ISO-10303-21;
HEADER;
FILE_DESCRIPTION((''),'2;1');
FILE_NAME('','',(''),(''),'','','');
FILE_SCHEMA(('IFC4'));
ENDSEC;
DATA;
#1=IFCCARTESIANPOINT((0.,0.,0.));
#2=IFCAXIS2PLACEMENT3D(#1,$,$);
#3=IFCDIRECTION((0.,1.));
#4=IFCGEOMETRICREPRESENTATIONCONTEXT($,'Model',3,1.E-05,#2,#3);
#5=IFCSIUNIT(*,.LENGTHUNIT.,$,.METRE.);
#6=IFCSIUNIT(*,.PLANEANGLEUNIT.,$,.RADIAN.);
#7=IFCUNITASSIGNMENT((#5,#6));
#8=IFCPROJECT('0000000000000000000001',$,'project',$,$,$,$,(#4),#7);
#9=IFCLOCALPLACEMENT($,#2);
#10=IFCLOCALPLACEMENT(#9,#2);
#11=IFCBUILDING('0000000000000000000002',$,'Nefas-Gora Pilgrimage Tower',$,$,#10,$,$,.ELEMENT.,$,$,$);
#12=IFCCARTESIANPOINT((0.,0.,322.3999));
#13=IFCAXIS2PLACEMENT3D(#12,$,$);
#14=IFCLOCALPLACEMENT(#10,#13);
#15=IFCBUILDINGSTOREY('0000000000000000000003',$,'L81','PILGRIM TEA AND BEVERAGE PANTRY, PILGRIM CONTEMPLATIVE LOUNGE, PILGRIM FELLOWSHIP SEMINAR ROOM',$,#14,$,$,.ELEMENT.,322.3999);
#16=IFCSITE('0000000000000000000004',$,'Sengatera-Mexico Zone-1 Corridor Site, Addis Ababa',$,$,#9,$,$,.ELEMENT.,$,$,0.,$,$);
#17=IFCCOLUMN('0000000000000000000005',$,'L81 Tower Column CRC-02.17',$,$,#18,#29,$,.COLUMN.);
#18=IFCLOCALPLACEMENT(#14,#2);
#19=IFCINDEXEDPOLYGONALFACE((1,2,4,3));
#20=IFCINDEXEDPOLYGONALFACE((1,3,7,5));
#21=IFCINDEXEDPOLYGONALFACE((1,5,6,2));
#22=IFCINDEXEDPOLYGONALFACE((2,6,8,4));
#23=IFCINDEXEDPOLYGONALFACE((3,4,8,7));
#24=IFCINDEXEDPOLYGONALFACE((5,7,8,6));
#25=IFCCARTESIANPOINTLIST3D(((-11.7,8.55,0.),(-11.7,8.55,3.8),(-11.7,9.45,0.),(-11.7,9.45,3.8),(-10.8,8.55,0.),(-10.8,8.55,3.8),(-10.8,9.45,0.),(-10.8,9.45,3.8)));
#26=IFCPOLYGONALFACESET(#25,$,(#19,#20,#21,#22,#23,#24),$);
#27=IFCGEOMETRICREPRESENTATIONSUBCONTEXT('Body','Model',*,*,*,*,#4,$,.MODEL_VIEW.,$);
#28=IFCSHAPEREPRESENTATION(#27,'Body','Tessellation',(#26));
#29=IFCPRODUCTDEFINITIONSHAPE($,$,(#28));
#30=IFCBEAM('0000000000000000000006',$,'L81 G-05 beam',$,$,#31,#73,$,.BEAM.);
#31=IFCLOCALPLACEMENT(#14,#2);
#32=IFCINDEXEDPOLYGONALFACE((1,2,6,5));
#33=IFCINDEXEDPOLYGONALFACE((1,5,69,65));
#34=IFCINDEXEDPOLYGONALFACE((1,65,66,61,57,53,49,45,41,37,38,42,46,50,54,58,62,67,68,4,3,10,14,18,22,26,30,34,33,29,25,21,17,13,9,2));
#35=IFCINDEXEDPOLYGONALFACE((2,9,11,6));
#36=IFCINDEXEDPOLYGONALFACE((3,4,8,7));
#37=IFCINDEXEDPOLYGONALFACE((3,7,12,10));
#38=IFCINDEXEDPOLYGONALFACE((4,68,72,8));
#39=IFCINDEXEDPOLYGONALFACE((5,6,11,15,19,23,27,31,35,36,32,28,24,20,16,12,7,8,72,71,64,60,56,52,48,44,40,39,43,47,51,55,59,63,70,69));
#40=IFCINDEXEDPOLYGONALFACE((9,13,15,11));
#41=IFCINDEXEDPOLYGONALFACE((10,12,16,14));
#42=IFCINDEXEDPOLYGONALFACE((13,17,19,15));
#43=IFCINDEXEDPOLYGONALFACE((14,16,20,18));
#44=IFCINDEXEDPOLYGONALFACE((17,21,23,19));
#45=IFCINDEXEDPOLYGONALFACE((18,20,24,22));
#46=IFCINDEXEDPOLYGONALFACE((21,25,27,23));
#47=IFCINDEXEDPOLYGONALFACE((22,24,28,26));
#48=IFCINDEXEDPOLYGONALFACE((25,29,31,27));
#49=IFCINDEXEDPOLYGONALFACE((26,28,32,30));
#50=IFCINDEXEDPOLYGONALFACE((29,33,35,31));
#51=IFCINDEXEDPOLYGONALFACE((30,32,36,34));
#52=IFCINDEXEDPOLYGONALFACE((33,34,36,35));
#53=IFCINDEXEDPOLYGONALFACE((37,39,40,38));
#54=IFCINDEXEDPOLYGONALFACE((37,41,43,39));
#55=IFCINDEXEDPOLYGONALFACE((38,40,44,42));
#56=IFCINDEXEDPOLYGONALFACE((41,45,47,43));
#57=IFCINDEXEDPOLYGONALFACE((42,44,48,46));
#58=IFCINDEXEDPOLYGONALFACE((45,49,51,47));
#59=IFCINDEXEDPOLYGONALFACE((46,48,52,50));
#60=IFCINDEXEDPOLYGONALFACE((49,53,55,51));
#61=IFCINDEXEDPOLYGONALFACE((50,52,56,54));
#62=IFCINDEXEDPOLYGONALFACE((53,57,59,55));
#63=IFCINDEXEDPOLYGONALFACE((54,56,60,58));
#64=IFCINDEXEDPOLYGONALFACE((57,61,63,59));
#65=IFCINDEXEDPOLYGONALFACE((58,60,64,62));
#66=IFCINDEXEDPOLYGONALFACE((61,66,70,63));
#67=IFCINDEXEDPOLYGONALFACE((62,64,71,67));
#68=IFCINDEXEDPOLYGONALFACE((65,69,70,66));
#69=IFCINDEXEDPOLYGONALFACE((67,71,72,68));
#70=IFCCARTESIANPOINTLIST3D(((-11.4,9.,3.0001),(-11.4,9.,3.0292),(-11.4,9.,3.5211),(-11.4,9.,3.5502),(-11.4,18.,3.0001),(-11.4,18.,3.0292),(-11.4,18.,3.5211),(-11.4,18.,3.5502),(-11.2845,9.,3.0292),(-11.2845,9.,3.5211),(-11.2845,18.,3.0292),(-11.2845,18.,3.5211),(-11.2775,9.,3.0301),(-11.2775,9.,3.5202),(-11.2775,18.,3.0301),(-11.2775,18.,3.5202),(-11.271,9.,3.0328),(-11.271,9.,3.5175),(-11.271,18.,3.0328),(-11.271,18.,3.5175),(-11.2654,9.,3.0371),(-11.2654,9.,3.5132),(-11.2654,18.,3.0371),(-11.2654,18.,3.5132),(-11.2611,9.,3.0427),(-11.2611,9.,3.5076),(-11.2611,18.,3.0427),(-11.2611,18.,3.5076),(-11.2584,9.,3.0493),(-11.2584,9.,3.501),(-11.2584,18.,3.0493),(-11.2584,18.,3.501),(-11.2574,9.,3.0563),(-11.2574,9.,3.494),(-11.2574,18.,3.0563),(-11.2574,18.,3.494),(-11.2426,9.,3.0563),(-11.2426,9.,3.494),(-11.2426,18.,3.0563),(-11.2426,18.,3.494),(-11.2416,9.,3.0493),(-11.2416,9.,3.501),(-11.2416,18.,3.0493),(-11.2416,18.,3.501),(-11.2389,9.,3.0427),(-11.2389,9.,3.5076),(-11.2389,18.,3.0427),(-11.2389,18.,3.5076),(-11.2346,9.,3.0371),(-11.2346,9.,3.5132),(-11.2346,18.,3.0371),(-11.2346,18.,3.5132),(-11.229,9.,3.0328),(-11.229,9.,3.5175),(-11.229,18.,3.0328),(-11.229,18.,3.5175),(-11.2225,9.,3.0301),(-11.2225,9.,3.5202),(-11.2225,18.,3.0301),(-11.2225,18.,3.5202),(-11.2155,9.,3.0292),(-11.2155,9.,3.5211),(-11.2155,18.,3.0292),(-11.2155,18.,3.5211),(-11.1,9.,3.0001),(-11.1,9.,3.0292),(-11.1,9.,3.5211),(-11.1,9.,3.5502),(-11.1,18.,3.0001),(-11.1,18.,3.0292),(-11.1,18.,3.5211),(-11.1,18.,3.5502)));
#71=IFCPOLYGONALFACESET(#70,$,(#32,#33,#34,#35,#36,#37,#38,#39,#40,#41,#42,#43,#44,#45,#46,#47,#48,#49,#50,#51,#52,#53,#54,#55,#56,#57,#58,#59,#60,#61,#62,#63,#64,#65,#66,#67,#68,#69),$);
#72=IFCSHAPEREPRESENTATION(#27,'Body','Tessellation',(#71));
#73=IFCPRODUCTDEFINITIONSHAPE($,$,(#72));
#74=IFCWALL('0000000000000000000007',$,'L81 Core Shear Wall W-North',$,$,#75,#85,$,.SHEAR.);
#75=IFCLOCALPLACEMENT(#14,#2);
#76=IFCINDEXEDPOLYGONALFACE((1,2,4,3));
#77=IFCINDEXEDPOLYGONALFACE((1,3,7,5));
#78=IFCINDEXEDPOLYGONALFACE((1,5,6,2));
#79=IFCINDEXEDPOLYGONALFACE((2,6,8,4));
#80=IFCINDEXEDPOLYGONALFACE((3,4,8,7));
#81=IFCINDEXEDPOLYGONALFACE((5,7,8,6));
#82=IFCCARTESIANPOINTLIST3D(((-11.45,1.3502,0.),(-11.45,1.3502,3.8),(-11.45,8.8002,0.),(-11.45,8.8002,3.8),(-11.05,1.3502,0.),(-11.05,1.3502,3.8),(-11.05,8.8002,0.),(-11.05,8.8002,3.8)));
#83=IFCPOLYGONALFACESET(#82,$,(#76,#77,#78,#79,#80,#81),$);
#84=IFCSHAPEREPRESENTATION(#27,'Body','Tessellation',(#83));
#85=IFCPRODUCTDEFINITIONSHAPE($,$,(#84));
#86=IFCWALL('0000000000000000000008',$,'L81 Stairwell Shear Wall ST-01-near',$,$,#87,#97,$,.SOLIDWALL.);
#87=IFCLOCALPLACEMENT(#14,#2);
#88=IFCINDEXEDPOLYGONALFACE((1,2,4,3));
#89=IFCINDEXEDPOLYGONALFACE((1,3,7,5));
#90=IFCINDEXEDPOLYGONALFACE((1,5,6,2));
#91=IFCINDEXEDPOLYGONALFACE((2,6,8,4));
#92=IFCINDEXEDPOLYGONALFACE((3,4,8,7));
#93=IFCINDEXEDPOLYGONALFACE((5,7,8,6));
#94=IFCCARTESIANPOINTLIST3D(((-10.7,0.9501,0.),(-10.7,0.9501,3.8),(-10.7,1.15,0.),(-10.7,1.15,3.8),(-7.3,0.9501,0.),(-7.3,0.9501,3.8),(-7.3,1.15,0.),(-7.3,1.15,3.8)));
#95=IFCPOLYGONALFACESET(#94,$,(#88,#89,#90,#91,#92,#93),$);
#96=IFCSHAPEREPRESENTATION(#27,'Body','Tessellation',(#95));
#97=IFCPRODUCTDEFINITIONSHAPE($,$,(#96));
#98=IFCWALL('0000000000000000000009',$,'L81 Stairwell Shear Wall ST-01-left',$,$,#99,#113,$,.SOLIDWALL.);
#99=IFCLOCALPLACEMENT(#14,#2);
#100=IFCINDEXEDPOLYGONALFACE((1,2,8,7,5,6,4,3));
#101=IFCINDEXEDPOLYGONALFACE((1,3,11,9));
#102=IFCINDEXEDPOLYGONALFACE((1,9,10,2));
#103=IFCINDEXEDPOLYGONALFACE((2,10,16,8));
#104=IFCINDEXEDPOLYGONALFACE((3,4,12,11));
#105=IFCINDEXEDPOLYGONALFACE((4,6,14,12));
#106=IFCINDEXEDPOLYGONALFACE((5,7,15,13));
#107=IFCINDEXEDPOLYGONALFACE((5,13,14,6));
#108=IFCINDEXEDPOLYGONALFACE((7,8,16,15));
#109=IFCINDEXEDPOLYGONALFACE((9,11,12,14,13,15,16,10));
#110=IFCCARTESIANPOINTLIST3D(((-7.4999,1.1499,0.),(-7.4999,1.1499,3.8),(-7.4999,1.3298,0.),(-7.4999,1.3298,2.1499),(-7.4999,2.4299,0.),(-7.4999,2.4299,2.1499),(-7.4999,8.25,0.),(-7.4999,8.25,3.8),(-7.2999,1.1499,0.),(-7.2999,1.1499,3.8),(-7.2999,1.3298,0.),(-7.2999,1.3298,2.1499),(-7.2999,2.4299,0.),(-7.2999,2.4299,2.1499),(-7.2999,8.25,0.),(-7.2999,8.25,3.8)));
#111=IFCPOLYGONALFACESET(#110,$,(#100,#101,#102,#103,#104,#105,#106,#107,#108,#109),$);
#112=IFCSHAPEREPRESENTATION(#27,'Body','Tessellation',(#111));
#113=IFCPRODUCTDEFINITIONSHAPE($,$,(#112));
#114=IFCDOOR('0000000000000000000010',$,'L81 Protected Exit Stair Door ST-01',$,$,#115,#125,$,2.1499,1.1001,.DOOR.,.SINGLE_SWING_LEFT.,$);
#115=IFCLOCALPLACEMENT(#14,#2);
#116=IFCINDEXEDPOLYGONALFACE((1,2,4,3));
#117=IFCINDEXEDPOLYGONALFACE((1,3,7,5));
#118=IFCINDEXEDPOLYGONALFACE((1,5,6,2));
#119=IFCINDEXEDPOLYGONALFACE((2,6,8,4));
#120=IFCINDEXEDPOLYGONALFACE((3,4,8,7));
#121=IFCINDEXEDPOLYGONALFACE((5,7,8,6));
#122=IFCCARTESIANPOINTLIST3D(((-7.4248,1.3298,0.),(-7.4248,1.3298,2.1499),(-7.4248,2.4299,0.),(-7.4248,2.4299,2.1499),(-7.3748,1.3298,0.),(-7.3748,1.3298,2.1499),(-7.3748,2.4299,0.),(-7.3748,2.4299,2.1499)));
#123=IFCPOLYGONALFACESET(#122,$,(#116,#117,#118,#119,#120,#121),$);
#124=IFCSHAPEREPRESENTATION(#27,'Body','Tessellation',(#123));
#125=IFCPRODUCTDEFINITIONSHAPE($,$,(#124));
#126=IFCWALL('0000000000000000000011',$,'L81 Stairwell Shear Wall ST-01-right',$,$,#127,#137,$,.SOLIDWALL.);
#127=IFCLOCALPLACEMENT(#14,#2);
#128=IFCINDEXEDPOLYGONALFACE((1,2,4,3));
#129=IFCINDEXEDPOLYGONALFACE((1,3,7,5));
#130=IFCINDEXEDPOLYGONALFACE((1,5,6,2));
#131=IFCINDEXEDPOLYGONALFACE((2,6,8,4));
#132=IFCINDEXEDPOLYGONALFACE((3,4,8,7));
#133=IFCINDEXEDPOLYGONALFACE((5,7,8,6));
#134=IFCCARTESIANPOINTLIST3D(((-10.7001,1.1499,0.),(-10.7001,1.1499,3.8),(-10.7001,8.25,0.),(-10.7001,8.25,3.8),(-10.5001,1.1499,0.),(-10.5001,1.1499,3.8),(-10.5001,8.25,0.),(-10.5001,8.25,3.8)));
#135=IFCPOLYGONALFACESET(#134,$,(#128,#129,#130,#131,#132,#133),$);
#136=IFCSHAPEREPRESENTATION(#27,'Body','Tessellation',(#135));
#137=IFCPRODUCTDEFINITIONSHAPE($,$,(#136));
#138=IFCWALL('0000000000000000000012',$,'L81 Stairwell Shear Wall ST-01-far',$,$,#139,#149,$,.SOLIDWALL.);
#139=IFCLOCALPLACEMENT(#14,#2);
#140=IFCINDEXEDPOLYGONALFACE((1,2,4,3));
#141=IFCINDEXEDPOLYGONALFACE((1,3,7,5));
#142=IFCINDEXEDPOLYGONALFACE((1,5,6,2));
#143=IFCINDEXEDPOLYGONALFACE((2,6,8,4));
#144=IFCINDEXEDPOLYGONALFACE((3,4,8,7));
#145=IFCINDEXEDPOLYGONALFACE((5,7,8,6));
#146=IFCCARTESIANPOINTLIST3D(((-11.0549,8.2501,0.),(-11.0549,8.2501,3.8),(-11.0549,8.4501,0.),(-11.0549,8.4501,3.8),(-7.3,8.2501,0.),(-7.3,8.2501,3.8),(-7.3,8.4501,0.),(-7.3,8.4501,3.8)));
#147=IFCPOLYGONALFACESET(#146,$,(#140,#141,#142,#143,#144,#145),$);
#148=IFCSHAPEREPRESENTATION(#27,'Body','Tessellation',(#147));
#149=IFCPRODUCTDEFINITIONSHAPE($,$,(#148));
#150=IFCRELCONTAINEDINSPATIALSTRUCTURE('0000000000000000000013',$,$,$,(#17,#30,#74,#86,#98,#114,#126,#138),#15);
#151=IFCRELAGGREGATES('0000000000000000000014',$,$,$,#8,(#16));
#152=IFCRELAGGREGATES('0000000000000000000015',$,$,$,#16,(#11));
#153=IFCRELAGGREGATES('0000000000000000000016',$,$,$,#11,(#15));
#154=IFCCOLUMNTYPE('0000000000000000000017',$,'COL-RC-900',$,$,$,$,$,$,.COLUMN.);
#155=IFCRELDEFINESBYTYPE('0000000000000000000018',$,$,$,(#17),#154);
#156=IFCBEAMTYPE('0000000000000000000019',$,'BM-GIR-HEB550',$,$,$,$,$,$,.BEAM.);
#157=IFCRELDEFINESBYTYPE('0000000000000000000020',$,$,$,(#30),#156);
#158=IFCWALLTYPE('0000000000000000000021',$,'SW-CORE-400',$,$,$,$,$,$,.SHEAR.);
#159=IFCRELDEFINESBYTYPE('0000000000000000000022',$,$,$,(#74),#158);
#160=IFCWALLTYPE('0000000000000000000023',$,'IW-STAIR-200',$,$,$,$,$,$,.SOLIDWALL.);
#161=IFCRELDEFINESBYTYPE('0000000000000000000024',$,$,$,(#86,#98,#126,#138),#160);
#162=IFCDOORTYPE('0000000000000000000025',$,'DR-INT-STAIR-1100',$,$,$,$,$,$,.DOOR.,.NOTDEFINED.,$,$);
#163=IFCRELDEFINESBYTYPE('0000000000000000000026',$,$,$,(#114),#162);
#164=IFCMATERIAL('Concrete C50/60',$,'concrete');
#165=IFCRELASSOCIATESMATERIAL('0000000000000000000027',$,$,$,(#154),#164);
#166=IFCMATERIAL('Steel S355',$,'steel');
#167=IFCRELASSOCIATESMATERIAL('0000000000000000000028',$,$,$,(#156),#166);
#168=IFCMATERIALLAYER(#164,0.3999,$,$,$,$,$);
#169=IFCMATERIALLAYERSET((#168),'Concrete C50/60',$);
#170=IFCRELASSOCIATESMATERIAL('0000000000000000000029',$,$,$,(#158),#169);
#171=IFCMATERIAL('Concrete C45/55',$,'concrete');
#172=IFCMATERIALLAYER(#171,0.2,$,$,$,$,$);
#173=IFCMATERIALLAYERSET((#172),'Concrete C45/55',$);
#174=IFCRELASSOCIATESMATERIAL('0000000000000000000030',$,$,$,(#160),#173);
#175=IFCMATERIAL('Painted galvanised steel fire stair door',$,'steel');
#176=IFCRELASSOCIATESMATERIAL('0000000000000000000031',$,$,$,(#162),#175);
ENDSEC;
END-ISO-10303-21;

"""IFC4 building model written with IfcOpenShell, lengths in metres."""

from ifc_helpers import new_model, si_unit, direction, frame, frame_2d, origin, origin_2d, place, context, subcontext, project, spatial, rectangle, i_section, extrude, source, transform, mapped, material, layer, layer_set, material_profile, profile_set, type_object, element, fill, save


model = new_model("IFC4")

# Units and contexts
model_context = context("Model", 3, precision=1e-05, world=origin(), true_north=direction((0.0, 1.0)))
body_context = subcontext(model_context, "Body", "Model", "MODEL_VIEW")
ifc_project = project(units=[si_unit("LENGTHUNIT", "METRE"), si_unit("PLANEANGLEUNIT", "RADIAN")], contexts=[model_context])

# Site, building, storey
site_placement = place(None, origin())
site = spatial("IfcSite", under=ifc_project, at=site_placement, Name="Sengatera-Mexico Zone-1 Corridor Site, Addis Ababa", CompositionType="ELEMENT", RefElevation=0.0)
building_placement = place(site_placement, origin())
building = spatial("IfcBuilding", under=site, at=building_placement, Name="Nefas-Gora Pilgrimage Tower", CompositionType="ELEMENT")
storey_placement = place(building_placement, frame((0.0, 0.0, 322.3999)))
storey = spatial("IfcBuildingStorey", under=building, at=storey_placement, Name="L81", Description="PILGRIM TEA AND BEVERAGE PANTRY, PILGRIM CONTEMPLATIVE LOUNGE, PILGRIM FELLOWSHIP SEMINAR ROOM", CompositionType="ELEMENT", Elevation=322.3999)

# Column
ifc_material_1 = material(Name="Concrete C50/60", Category="concrete")
ifc_material_profile_1 = material_profile(ifc_material_1, rectangle(XDim=0.8999, YDim=0.8999, at=origin_2d()), Name="RC 900x900")
ifc_profile_set_1 = profile_set([ifc_material_profile_1], Name="Concrete C50/60")
column_type = type_object("IfcColumnType", Name="COL-RC-900", PredefinedType="COLUMN", material=ifc_profile_set_1)
shared_shape_1 = source(origin(), body_context, "Body", "SweptSolid", [
    extrude(rectangle(XDim=0.8999, YDim=0.8999, at=origin_2d()), origin(), (0.0, 0.0, 1.0), 3.8),
])
column_placement = place(storey_placement, frame((-11.25, 9.0, 0.0), z_axis=(0.0, 0.0, 1.0), x_axis=(1.0, 0.0, 0.0)))
element("IfcColumn", 1, at=column_placement, inside=storey, type_object=column_type, Name="L81 Tower Column CRC-02.17", PredefinedType="COLUMN", context=body_context, shape_type="MappedRepresentation", body=[
    mapped(shared_shape_1, transform((0.0, 0.0, 0.0), x_axis=(1.0, 0.0, 0.0), y_axis=(0.0, 1.0, 0.0), z_axis=(0.0, 0.0, 1.0), scale=1.0)),
])

# Beam
ifc_material_2 = material(Name="Steel S355", Category="steel")
ifc_material_profile_2 = material_profile(ifc_material_2, i_section(OverallWidth=0.3, OverallDepth=0.55, WebThickness=0.0149, FlangeThickness=0.0291, FilletRadius=0.0271, at=origin_2d()), Name="HEB 550")
ifc_profile_set_2 = profile_set([ifc_material_profile_2], Name="Steel S355")
beam_type = type_object("IfcBeamType", Name="BM-GIR-HEB550", PredefinedType="BEAM", material=ifc_profile_set_2)
shared_shape_2 = source(origin(), body_context, "Body", "SweptSolid", [
    extrude(i_section(OverallWidth=0.3, OverallDepth=0.55, WebThickness=0.0149, FlangeThickness=0.0291, FilletRadius=0.0271, at=origin_2d()), origin(), (0.0, 0.0, 1.0), 9.0),
])
beam_placement = place(storey_placement, frame((-11.25, 9.0, 3.2751), z_axis=(0.0, 1.0, 0.0), x_axis=(-1.0, 0.0, 0.0)))
element("IfcBeam", 2, at=beam_placement, inside=storey, type_object=beam_type, Name="L81 G-05 beam", PredefinedType="BEAM", context=body_context, shape_type="MappedRepresentation", body=[
    mapped(shared_shape_2, transform((0.0, 0.0, 0.0), x_axis=(1.0, 0.0, 0.0), y_axis=(0.0, 1.0, 0.0), z_axis=(0.0, 0.0, 1.0), scale=1.0)),
])

# Walls
ifc_layer_1 = layer(ifc_material_1, 0.3999)
ifc_layer_set_1 = layer_set([ifc_layer_1], Name="Concrete C50/60")
wall_type_1 = type_object("IfcWallType", Name="SW-CORE-400", PredefinedType="SHEAR", material=ifc_layer_set_1)
shared_shape_3 = source(origin(), body_context, "Body", "SweptSolid", [
    extrude(rectangle(XDim=7.45, YDim=0.3999, at=frame_2d((3.7251, 0.0))), origin(), (0.0, 0.0, 1.0), 3.8),
])
wall_1_placement = place(storey_placement, frame((-11.25, 1.3501, 0.0), z_axis=(0.0, 0.0, 1.0), x_axis=(0.0, 1.0, 0.0)))
element("IfcWall", 3, at=wall_1_placement, inside=storey, type_object=wall_type_1, Name="L81 Core Shear Wall W-North", PredefinedType="SHEAR", context=body_context, shape_type="MappedRepresentation", body=[
    mapped(shared_shape_3, transform((0.0, 0.0, 0.0), x_axis=(1.0, 0.0, 0.0), y_axis=(0.0, 1.0, 0.0), z_axis=(0.0, 0.0, 1.0), scale=1.0)),
])
ifc_material_3 = material(Name="Concrete C45/55", Category="concrete")
ifc_layer_2 = layer(ifc_material_3, 0.2)
ifc_layer_set_2 = layer_set([ifc_layer_2], Name="Concrete C45/55")
wall_type_2 = type_object("IfcWallType", Name="IW-STAIR-200", PredefinedType="SOLIDWALL", material=ifc_layer_set_2)
shared_shape_4 = source(origin(), body_context, "Body", "SweptSolid", [
    extrude(rectangle(XDim=3.3999, YDim=0.2, at=frame_2d((1.7, 0.0))), origin(), (0.0, 0.0, 1.0), 3.8),
])
wall_2_placement = place(storey_placement, frame((-7.3, 1.05, 0.0), z_axis=(0.0, 0.0, 1.0), x_axis=(-1.0, 0.0, 0.0)))
element("IfcWall", 4, at=wall_2_placement, inside=storey, type_object=wall_type_2, Name="L81 Stairwell Shear Wall ST-01-near", PredefinedType="SOLIDWALL", context=body_context, shape_type="MappedRepresentation", body=[
    mapped(shared_shape_4, transform((0.0, 0.0, 0.0), x_axis=(1.0, 0.0, 0.0), y_axis=(0.0, 1.0, 0.0), z_axis=(0.0, 0.0, 1.0), scale=1.0)),
])

# Wall, opening, door
shared_shape_5 = source(origin(), body_context, "Body", "SweptSolid", [
    extrude(rectangle(XDim=7.1001, YDim=0.2, at=frame_2d((3.55, 0.0))), origin(), (0.0, 0.0, 1.0), 3.8),
])
wall_3_placement = place(storey_placement, frame((-7.3999, 1.1499, 0.0), z_axis=(0.0, 0.0, 1.0), x_axis=(0.0, 1.0, 0.0)))
wall_3 = element("IfcWall", 5, at=wall_3_placement, inside=storey, type_object=wall_type_2, Name="L81 Stairwell Shear Wall ST-01-left", PredefinedType="SOLIDWALL", context=body_context, shape_type="MappedRepresentation", body=[
    mapped(shared_shape_5, transform((0.0, 0.0, 0.0), x_axis=(1.0, 0.0, 0.0), y_axis=(0.0, 1.0, 0.0), z_axis=(0.0, 0.0, 1.0), scale=1.0)),
])
opening_1_placement = place(wall_3_placement, frame((0.1799, 0.0, 0.0)))
opening_1 = element("IfcOpeningElement", 6, at=opening_1_placement, cuts=wall_3, PredefinedType="OPENING", context=body_context, shape_type="SweptSolid", body=[
    extrude(rectangle(XDim=1.1001, YDim=2.1499, at=frame_2d((0.55, 1.075))), frame((0.0, 0.1099, 0.0), z_axis=(0.0, -1.0, 0.0), x_axis=(1.0, 0.0, 0.0)), (0.0, 0.0, 1.0), 0.22),
])
ifc_material_4 = material(Name="Painted galvanised steel fire stair door", Category="steel")
door_type_1 = type_object("IfcDoorType", Name="DR-INT-STAIR-1100", OperationType="NOTDEFINED", PredefinedType="DOOR", material=ifc_material_4)
shared_shape_6 = source(origin(), body_context, "Body", "SweptSolid", [
    extrude(rectangle(XDim=1.1001, YDim=2.1499, at=frame_2d((0.55, 1.075))), frame((0.0, 0.0249, 0.0), z_axis=(0.0, -1.0, 0.0), x_axis=(1.0, 0.0, 0.0)), (0.0, 0.0, 1.0), 0.05),
])
door_1_placement = place(opening_1_placement, origin())
door_1 = element("IfcDoor", 7, at=door_1_placement, inside=storey, type_object=door_type_1, Name="L81 Protected Exit Stair Door ST-01", OperationType="SINGLE_SWING_LEFT", OverallHeight=2.1499, OverallWidth=1.1001, PredefinedType="DOOR", context=body_context, shape_type="MappedRepresentation", body=[
    mapped(shared_shape_6, transform((0.0, 0.0, 0.0), x_axis=(1.0, 0.0, 0.0), y_axis=(0.0, 1.0, 0.0), z_axis=(0.0, 0.0, 1.0), scale=1.0)),
])
fill(opening_1, door_1)

# Walls
wall_4_placement = place(storey_placement, frame((-10.6001, 1.1499, 0.0), z_axis=(0.0, 0.0, 1.0), x_axis=(0.0, 1.0, 0.0)))
element("IfcWall", 8, at=wall_4_placement, inside=storey, type_object=wall_type_2, Name="L81 Stairwell Shear Wall ST-01-right", PredefinedType="SOLIDWALL", context=body_context, shape_type="MappedRepresentation", body=[
    mapped(shared_shape_5, transform((0.0, 0.0, 0.0), x_axis=(1.0, 0.0, 0.0), y_axis=(0.0, 1.0, 0.0), z_axis=(0.0, 0.0, 1.0), scale=1.0)),
])
shared_shape_7 = source(origin(), body_context, "Body", "SweptSolid", [
    extrude(rectangle(XDim=3.7549, YDim=0.2, at=frame_2d((1.8774, 0.0))), origin(), (0.0, 0.0, 1.0), 3.8),
])
wall_5_placement = place(storey_placement, frame((-7.3, 8.3501, 0.0), z_axis=(0.0, 0.0, 1.0), x_axis=(-1.0, 0.0, 0.0)))
element("IfcWall", 9, at=wall_5_placement, inside=storey, type_object=wall_type_2, Name="L81 Stairwell Shear Wall ST-01-far", PredefinedType="SOLIDWALL", context=body_context, shape_type="MappedRepresentation", body=[
    mapped(shared_shape_7, transform((0.0, 0.0, 0.0), x_axis=(1.0, 0.0, 0.0), y_axis=(0.0, 1.0, 0.0), z_axis=(0.0, 0.0, 1.0), scale=1.0)),
])

save(model, "model.ifc")
